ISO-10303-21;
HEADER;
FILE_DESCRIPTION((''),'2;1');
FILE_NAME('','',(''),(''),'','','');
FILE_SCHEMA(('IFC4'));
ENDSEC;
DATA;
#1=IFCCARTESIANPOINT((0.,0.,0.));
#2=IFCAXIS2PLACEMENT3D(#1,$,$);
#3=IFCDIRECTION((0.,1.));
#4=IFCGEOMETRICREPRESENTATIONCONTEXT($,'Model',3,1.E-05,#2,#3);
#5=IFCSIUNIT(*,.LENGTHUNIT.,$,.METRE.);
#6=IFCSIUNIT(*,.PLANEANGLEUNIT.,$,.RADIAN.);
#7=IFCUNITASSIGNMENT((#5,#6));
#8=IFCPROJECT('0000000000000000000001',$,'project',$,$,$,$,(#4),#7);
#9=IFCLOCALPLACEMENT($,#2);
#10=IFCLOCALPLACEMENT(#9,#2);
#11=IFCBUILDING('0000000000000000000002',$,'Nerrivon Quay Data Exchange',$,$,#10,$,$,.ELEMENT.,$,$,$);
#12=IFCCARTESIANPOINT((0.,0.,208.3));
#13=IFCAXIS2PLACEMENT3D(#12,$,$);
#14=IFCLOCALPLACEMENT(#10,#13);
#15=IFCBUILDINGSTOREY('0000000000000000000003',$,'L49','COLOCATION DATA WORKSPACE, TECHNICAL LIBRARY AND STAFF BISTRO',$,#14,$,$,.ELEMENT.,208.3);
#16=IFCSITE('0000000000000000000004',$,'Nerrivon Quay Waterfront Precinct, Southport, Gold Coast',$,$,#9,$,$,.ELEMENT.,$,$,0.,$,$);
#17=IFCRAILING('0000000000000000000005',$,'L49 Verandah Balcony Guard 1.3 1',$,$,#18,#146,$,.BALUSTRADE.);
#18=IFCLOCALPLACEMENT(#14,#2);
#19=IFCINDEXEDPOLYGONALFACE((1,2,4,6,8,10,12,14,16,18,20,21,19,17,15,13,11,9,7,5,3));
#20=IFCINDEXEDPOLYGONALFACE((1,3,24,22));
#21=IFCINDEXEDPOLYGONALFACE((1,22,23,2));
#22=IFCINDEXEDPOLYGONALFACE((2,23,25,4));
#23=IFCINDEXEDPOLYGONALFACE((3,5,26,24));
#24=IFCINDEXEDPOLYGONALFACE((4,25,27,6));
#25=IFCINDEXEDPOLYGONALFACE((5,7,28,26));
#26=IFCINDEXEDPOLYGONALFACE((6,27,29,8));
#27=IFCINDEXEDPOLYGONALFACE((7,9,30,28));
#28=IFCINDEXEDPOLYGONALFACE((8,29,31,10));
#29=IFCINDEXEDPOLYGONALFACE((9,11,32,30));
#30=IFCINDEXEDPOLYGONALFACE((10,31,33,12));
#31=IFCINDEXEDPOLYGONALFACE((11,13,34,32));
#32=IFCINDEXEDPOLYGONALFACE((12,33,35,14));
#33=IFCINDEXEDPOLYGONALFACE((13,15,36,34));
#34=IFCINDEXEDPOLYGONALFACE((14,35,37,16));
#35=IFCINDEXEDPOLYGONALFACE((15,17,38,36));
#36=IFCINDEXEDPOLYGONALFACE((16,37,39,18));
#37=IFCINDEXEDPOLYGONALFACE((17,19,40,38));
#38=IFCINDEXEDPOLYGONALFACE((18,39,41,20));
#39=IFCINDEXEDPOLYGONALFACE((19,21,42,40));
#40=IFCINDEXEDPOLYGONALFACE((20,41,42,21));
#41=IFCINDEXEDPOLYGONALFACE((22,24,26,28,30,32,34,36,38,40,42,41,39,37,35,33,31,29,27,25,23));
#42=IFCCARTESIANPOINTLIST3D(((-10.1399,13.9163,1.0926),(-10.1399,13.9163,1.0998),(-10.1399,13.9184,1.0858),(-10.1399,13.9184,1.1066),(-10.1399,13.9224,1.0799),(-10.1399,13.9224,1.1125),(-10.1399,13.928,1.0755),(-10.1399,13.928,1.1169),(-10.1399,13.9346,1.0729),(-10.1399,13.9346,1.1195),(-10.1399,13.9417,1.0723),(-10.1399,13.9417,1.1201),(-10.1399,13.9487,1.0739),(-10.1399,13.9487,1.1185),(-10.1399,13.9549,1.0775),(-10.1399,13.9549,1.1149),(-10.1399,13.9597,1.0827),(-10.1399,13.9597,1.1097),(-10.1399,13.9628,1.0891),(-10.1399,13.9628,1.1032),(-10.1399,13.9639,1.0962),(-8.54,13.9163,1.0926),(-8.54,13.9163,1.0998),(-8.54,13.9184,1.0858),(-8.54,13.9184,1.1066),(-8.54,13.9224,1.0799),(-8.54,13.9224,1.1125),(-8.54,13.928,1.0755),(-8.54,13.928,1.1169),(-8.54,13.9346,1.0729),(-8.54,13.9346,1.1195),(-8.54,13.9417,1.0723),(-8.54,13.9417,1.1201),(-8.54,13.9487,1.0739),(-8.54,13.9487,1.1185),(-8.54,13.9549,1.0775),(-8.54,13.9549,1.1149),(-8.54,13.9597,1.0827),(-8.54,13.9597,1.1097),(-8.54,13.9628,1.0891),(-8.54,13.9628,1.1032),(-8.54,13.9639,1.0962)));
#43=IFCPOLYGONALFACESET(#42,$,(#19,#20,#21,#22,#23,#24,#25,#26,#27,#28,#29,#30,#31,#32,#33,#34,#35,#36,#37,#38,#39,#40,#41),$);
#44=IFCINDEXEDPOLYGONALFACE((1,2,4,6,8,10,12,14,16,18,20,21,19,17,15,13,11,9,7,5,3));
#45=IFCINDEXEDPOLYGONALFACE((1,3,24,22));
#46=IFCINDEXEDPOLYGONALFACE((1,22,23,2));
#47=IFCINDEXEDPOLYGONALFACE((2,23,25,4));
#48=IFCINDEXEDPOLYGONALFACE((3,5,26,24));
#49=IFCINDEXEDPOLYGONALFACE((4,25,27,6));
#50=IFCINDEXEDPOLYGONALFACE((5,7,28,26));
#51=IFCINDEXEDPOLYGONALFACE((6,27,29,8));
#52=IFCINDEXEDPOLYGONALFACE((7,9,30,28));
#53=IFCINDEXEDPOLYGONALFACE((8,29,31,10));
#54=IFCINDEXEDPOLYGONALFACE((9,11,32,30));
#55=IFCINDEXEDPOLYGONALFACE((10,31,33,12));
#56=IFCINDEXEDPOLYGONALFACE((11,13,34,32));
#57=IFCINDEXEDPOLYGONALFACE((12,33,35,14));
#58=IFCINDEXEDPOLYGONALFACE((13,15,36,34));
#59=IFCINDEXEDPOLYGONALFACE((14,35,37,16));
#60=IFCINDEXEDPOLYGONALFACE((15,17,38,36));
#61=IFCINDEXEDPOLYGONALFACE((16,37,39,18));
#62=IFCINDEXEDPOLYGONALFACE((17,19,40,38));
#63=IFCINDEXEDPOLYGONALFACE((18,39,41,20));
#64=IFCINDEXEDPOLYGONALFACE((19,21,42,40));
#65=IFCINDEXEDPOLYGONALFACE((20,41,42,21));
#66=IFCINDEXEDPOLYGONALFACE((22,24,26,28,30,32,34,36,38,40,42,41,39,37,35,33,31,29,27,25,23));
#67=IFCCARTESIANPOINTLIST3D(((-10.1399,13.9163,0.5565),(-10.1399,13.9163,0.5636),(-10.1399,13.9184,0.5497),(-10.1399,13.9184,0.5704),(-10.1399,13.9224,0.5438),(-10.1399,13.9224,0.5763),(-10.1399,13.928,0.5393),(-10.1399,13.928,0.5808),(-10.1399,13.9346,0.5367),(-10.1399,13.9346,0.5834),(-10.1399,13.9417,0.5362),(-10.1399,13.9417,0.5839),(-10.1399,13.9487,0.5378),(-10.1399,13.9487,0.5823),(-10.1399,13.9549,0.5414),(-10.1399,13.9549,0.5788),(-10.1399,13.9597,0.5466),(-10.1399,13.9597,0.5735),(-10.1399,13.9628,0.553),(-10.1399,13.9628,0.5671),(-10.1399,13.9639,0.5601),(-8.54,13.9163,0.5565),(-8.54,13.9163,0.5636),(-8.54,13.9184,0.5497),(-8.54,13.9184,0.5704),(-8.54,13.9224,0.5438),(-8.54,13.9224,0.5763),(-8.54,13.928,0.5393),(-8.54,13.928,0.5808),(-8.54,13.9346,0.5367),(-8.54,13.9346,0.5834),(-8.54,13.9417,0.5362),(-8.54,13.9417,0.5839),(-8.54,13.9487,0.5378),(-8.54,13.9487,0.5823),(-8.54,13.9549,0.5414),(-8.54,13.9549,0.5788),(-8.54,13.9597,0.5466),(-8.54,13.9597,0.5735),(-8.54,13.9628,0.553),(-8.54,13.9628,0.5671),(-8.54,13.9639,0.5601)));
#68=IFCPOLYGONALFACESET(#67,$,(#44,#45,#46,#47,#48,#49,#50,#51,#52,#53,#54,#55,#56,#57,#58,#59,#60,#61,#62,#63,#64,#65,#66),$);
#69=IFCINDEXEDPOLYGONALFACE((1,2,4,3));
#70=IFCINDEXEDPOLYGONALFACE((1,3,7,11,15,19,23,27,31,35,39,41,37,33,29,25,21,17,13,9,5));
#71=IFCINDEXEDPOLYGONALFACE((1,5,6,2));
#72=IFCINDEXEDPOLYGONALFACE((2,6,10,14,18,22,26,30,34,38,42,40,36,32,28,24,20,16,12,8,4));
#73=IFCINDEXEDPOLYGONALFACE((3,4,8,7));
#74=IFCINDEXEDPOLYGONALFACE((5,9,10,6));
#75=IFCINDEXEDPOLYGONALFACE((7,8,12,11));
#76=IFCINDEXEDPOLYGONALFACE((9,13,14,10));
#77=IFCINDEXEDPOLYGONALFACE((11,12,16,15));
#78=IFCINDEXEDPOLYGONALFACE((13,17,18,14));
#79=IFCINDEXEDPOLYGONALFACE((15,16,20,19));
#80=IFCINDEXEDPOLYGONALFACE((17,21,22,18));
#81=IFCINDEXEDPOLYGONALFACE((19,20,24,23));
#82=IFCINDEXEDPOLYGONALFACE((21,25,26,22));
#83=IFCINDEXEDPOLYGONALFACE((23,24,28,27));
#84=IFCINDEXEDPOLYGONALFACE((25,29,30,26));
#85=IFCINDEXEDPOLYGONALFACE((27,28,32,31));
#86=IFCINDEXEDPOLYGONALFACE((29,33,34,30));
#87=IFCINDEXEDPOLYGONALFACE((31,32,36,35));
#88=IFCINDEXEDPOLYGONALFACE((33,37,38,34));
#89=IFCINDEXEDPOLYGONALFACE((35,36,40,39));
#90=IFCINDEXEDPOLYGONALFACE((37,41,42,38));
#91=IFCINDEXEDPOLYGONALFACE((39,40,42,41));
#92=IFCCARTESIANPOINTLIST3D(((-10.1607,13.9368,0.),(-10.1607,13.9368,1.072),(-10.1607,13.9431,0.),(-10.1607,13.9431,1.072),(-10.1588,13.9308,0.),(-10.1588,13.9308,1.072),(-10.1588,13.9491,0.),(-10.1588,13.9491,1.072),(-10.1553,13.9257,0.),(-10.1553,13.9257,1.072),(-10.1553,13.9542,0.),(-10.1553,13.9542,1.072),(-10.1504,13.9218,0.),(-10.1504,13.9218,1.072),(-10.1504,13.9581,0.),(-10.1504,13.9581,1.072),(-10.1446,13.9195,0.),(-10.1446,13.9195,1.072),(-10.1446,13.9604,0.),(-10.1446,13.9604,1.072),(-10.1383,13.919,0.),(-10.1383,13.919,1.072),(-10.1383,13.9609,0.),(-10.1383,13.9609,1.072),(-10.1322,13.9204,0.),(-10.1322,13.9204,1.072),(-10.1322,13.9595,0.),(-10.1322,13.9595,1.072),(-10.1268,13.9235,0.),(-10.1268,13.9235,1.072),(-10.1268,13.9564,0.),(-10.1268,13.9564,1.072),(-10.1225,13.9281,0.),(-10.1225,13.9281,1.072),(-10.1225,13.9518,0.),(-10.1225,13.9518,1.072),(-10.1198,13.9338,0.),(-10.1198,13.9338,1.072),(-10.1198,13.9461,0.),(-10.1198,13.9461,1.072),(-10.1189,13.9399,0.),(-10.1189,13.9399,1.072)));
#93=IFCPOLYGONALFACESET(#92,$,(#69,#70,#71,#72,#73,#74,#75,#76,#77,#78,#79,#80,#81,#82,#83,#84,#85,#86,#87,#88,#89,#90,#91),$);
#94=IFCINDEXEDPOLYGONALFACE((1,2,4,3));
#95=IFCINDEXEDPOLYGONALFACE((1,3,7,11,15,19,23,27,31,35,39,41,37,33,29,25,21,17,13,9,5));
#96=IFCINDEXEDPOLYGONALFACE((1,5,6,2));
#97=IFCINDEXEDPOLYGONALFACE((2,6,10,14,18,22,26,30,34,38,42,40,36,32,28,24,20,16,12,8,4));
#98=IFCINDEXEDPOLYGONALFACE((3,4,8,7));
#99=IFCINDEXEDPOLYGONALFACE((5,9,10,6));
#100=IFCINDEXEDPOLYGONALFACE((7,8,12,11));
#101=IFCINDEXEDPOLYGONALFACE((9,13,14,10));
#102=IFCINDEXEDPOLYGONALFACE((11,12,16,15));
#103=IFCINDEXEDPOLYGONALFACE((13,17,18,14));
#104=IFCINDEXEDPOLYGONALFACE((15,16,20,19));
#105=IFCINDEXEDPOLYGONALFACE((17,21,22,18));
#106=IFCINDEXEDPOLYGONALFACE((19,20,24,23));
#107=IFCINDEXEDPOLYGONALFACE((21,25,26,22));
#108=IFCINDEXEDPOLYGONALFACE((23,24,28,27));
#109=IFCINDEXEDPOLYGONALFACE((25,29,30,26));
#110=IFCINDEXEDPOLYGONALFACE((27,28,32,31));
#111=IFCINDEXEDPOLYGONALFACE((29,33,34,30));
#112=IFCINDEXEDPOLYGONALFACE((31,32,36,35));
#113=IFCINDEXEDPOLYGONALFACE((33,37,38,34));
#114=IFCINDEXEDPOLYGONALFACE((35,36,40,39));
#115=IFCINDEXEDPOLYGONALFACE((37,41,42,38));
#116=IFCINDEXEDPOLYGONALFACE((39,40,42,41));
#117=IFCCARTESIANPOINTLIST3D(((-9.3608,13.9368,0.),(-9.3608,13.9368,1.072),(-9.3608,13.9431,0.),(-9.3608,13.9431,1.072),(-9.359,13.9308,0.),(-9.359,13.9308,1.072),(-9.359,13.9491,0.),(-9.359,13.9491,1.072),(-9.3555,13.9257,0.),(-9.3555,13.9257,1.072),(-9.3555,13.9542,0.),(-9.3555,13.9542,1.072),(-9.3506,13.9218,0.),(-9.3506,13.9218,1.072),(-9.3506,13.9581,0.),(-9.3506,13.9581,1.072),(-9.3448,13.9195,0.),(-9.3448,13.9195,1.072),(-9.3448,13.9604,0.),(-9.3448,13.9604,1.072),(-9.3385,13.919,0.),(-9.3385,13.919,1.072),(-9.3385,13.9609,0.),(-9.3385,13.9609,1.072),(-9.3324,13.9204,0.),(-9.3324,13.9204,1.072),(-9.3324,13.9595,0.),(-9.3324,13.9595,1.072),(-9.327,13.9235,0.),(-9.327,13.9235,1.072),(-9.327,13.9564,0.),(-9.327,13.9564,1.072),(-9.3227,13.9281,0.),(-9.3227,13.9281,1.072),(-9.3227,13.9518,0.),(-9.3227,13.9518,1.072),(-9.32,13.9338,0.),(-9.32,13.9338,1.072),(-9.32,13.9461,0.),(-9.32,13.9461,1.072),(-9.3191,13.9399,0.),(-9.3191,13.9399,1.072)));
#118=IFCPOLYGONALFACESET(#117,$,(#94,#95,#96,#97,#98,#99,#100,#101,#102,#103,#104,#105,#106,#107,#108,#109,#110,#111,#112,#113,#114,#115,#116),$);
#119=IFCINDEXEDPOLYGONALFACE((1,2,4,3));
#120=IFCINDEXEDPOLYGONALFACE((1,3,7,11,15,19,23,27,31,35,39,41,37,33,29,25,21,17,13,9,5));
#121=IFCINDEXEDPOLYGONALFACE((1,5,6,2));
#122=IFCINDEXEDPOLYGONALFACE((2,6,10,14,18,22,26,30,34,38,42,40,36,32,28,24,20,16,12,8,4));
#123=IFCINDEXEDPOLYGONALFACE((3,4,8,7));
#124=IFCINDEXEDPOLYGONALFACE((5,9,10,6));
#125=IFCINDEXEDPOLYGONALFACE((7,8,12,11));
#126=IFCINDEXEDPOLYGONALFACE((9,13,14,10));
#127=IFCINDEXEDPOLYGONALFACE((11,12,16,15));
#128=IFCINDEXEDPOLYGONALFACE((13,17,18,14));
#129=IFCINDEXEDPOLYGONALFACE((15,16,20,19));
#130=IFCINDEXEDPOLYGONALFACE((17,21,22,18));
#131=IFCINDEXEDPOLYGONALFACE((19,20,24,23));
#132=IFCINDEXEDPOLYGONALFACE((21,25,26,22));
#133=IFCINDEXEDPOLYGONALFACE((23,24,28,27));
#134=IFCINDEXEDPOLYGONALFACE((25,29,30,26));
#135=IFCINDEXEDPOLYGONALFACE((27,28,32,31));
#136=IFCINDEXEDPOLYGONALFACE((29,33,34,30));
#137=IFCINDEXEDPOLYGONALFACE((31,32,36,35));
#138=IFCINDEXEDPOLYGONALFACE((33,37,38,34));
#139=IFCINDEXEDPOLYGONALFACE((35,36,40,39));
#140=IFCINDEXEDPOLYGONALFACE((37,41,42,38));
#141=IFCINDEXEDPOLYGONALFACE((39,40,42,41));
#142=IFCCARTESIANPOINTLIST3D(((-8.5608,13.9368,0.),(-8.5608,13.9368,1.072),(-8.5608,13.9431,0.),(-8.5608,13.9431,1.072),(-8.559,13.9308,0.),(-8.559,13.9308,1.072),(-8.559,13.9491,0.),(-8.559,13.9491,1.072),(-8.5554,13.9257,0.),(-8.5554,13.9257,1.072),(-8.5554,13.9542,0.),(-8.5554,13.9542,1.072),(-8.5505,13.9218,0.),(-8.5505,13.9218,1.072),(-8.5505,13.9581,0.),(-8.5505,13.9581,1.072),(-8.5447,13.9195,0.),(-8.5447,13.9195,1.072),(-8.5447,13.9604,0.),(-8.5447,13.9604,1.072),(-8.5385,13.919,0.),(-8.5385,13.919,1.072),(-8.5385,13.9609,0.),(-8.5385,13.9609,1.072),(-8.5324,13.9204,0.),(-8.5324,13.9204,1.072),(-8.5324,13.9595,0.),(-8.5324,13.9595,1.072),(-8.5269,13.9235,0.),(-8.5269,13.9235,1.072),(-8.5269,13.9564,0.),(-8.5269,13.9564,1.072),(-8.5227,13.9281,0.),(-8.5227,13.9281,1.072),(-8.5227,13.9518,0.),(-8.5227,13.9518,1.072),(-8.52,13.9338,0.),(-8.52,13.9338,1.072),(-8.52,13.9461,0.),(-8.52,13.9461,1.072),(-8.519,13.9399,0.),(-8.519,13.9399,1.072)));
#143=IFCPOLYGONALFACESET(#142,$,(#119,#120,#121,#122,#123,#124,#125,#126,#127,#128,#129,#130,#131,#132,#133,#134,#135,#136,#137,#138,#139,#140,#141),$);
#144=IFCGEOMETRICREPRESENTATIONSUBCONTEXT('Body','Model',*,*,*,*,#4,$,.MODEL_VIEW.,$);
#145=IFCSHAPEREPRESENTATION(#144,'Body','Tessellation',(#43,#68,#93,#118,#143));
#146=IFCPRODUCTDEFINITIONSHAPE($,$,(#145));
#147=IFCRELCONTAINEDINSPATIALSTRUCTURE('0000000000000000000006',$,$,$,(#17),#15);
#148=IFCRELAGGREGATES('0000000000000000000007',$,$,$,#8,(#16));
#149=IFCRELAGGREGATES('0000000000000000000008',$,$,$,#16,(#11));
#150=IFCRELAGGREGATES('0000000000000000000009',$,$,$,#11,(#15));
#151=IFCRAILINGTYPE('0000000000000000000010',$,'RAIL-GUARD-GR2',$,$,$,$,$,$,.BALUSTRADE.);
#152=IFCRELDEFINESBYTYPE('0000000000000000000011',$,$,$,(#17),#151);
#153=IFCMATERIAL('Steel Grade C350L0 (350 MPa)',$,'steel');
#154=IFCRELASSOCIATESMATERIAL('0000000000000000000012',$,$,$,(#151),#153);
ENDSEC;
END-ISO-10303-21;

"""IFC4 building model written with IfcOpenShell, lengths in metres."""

from ifc_helpers import new_model, si_unit, direction, frame, origin, origin_2d, place, context, subcontext, project, spatial, circle, extrude, material, type_object, element, save


model = new_model("IFC4")

# Units and contexts
model_context = context("Model", 3, precision=1e-05, world=origin(), true_north=direction((0.0, 1.0)))
body_context = subcontext(model_context, "Body", "Model", "MODEL_VIEW")
ifc_project = project(units=[si_unit("LENGTHUNIT", "METRE"), si_unit("PLANEANGLEUNIT", "RADIAN")], contexts=[model_context])

# Site, building, storey
site_placement = place(None, origin())
site = spatial("IfcSite", under=ifc_project, at=site_placement, Name="Nerrivon Quay Waterfront Precinct, Southport, Gold Coast", CompositionType="ELEMENT", RefElevation=0.0)
building_placement = place(site_placement, origin())
building = spatial("IfcBuilding", under=site, at=building_placement, Name="Nerrivon Quay Data Exchange", CompositionType="ELEMENT")
storey_placement = place(building_placement, frame((0.0, 0.0, 208.3)))
storey = spatial("IfcBuildingStorey", under=building, at=storey_placement, Name="L49", Description="COLOCATION DATA WORKSPACE, TECHNICAL LIBRARY AND STAFF BISTRO", CompositionType="ELEMENT", Elevation=208.3)

# Railing
ifc_material_1 = material(Name="Steel Grade C350L0 (350 MPa)", Category="steel")
railing_type = type_object("IfcRailingType", Name="RAIL-GUARD-GR2", PredefinedType="BALUSTRADE", material=ifc_material_1)
railing_1_placement = place(storey_placement, frame((-10.1399, 13.9399, 0.0)))
element("IfcRailing", 1, at=railing_1_placement, inside=storey, type_object=railing_type, Name="L49 Verandah Balcony Guard 1.3 1", PredefinedType="BALUSTRADE", context=body_context, shape_type="SweptSolid", body=[
    extrude(circle(Radius=0.0239, at=origin_2d()), frame((0.0, 0.0, 1.0962), z_axis=(1.0, 0.0, 0.0), x_axis=(0.0, 1.0, 0.0)), (0.0, 0.0, 1.0), 1.5999),
    extrude(circle(Radius=0.0239, at=origin_2d()), frame((0.0, 0.0, 0.5601), z_axis=(1.0, 0.0, 0.0), x_axis=(0.0, 1.0, 0.0)), (0.0, 0.0, 1.0), 1.5999),
    extrude(circle(Radius=0.021, at=origin_2d()), origin(), (0.0, 0.0, 1.0), 1.072),
    extrude(circle(Radius=0.021, at=origin_2d()), frame((0.7998, 0.0, 0.0)), (0.0, 0.0, 1.0), 1.072),
    extrude(circle(Radius=0.021, at=origin_2d()), frame((1.5999, 0.0, 0.0)), (0.0, 0.0, 1.0), 1.072),
])

save(model, "model.ifc")
